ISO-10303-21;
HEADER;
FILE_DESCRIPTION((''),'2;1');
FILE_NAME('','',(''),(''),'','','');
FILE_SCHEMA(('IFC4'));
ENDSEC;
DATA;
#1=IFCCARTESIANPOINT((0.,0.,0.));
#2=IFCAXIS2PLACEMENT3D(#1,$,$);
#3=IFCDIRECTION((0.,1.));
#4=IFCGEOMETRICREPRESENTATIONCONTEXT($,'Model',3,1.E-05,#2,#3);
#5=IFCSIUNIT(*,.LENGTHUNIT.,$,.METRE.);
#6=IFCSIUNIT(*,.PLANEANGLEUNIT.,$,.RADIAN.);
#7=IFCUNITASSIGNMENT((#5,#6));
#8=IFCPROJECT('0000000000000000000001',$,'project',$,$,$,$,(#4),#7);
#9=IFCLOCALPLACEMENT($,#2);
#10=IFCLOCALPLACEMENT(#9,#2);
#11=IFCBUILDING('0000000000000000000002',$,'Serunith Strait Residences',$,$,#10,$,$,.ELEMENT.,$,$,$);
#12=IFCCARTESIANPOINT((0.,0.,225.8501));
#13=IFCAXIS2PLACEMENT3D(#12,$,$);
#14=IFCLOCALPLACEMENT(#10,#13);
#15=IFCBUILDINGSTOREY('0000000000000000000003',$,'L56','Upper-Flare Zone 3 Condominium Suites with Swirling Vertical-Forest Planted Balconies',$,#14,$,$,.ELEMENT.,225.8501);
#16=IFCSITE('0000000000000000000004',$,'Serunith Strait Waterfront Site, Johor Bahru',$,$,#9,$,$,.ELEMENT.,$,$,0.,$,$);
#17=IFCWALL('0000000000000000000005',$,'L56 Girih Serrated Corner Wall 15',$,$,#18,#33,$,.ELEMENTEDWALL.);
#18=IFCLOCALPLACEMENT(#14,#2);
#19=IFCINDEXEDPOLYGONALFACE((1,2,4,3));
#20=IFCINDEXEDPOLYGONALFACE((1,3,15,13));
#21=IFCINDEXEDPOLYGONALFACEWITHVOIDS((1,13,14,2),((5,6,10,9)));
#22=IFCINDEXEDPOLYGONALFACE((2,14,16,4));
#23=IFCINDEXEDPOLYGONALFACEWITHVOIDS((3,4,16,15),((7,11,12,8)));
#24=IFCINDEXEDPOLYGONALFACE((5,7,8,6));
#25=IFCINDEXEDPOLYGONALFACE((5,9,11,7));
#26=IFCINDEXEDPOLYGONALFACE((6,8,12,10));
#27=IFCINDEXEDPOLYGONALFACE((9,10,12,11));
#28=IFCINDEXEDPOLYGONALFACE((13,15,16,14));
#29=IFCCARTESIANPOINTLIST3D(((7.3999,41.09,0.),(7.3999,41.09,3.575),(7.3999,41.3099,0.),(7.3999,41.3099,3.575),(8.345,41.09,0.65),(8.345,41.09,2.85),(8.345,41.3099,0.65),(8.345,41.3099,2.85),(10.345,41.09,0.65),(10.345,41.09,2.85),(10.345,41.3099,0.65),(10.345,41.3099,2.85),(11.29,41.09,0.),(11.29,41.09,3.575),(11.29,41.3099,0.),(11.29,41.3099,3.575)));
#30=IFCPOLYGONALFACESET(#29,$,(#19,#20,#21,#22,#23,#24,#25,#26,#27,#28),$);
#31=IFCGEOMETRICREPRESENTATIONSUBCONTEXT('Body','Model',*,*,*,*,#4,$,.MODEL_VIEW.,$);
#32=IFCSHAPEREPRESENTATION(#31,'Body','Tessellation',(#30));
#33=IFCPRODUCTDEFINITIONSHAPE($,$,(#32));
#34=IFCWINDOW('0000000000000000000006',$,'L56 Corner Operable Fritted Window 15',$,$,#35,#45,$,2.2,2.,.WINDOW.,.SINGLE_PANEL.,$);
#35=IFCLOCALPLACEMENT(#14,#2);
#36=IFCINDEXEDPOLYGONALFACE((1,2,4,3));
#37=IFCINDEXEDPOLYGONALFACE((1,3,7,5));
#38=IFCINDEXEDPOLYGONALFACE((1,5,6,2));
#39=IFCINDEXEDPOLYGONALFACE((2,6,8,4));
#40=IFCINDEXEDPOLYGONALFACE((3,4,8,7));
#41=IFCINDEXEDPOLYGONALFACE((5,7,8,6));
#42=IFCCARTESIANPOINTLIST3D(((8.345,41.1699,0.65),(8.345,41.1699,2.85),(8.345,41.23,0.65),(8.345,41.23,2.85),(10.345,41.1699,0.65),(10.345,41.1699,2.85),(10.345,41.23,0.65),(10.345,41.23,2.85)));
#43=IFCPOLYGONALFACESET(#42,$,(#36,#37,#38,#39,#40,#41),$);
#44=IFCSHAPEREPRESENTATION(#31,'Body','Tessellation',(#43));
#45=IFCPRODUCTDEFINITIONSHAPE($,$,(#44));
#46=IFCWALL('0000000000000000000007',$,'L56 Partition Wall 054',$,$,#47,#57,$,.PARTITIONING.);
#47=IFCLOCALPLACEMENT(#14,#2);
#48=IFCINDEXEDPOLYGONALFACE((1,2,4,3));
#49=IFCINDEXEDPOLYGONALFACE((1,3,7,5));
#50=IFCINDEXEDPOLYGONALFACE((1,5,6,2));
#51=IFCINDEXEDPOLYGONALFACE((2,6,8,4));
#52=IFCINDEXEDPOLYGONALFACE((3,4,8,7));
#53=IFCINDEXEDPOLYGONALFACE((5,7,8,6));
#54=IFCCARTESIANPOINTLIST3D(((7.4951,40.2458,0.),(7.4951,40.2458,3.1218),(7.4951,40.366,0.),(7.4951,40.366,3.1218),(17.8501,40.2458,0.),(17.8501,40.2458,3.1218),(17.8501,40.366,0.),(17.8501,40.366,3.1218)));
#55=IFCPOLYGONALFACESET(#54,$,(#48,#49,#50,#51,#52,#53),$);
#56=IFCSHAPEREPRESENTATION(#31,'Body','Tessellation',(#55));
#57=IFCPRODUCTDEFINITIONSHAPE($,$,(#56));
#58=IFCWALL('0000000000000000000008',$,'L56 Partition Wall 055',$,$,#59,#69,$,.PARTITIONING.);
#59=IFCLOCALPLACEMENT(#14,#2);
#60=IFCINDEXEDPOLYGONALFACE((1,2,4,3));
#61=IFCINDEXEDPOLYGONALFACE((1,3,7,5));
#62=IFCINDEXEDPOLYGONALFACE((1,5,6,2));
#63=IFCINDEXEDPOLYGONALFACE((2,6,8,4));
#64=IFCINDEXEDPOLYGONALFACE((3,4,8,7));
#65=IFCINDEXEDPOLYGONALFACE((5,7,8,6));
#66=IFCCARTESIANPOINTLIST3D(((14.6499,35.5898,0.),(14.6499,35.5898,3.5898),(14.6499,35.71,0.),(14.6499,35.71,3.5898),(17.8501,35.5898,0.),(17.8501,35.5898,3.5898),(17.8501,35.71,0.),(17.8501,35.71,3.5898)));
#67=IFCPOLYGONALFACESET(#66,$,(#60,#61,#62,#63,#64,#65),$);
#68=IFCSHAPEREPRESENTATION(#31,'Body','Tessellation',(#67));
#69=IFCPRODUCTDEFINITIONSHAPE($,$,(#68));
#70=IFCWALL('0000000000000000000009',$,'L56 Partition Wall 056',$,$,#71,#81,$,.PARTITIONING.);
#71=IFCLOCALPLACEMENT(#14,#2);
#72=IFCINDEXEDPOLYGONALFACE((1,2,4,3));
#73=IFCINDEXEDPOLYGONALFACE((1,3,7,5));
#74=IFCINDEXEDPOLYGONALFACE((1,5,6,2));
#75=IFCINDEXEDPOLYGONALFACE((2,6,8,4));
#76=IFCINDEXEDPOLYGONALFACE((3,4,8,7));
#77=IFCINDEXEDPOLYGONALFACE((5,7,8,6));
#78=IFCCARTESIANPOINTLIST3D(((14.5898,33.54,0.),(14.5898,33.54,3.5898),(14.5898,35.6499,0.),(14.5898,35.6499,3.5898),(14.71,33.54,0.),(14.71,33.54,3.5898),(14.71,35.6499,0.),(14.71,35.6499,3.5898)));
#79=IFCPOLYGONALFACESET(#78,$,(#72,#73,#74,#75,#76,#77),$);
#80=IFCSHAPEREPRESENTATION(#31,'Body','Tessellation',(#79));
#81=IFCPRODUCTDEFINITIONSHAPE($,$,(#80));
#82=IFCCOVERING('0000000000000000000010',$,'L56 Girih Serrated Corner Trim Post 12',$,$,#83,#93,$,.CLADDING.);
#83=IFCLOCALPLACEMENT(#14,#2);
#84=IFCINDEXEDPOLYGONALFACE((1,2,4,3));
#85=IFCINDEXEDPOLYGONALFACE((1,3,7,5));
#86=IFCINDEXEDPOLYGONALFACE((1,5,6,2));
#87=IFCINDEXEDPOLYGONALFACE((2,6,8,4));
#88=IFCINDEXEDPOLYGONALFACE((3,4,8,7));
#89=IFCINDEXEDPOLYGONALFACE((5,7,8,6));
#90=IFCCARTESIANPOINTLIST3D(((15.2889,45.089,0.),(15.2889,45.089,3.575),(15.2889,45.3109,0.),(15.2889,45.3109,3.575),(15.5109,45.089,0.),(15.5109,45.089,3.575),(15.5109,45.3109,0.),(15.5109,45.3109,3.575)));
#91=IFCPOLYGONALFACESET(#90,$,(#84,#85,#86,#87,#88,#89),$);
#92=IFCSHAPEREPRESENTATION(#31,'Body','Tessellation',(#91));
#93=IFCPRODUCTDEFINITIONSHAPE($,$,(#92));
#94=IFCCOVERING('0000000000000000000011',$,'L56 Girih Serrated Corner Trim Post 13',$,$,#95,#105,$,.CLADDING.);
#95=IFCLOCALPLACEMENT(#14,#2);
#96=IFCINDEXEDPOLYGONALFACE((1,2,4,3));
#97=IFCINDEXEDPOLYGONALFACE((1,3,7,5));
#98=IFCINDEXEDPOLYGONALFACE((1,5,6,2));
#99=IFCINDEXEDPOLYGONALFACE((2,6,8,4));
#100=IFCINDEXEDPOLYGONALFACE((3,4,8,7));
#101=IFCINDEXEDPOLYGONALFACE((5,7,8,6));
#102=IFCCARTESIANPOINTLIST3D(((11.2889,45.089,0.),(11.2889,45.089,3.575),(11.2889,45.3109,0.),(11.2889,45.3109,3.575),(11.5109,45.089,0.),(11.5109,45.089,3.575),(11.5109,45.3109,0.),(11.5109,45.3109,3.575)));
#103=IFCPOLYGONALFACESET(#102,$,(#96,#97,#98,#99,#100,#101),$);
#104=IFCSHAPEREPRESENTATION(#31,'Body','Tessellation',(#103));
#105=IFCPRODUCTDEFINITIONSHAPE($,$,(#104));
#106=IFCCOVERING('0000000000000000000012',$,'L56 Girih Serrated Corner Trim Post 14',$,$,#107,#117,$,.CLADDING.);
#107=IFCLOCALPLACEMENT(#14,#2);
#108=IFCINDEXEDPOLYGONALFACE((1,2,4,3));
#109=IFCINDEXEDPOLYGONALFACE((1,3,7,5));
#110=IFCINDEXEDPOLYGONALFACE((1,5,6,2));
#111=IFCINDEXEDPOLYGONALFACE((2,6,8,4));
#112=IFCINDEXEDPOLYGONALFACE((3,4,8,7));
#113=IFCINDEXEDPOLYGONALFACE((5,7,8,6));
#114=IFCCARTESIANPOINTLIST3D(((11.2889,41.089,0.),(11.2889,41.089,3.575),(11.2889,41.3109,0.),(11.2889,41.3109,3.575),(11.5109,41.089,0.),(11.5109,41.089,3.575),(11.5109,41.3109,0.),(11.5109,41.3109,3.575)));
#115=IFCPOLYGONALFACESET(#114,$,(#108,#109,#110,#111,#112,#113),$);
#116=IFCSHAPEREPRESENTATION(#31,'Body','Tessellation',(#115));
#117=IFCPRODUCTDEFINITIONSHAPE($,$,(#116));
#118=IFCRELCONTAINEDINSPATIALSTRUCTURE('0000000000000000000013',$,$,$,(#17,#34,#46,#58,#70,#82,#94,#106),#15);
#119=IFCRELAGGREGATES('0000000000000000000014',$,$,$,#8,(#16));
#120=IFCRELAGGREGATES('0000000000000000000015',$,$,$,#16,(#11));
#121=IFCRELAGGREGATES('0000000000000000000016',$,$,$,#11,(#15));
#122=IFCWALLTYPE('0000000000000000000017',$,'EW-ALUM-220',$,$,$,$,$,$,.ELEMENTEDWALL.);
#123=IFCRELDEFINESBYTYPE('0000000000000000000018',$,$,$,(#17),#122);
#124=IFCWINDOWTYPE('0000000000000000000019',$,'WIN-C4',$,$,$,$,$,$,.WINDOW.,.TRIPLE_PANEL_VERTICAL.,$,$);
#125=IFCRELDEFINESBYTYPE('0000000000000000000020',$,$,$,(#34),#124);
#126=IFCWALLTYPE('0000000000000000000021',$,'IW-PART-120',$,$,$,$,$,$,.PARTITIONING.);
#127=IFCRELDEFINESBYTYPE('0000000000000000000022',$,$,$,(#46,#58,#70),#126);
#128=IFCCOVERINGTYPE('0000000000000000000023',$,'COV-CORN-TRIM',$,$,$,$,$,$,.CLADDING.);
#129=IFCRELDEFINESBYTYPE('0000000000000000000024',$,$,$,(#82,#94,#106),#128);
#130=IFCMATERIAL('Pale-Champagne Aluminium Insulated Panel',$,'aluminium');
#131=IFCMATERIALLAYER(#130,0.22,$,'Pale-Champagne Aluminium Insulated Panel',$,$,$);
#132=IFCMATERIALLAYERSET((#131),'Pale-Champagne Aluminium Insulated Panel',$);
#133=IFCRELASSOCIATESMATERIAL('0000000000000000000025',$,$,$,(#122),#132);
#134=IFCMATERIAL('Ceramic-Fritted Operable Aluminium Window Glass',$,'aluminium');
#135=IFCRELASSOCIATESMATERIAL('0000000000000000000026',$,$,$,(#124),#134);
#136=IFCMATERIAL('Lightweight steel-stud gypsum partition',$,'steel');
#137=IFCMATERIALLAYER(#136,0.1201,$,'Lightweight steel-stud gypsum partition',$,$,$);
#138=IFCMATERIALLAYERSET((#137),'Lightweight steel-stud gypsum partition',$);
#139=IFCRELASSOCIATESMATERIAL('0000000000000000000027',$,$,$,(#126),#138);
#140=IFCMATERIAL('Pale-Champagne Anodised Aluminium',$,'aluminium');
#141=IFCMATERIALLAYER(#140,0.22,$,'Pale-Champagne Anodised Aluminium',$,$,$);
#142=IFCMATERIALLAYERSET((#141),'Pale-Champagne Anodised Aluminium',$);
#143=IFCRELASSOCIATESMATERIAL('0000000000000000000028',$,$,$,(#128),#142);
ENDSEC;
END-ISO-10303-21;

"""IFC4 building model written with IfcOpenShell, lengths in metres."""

from ifc_helpers import new_model, si_unit, direction, frame, frame_2d, origin, origin_2d, place, context, subcontext, project, spatial, rectangle, extrude, source, transform, mapped, material, layer, layer_set, type_object, element, fill, save


model = new_model("IFC4")

# Units and contexts
model_context = context("Model", 3, precision=1e-05, world=origin(), true_north=direction((0.0, 1.0)))
body_context = subcontext(model_context, "Body", "Model", "MODEL_VIEW")
ifc_project = project(units=[si_unit("LENGTHUNIT", "METRE"), si_unit("PLANEANGLEUNIT", "RADIAN")], contexts=[model_context])

# Site, building, storey
site_placement = place(None, origin())
site = spatial("IfcSite", under=ifc_project, at=site_placement, Name="Serunith Strait Waterfront Site, Johor Bahru", CompositionType="ELEMENT", RefElevation=0.0)
building_placement = place(site_placement, origin())
building = spatial("IfcBuilding", under=site, at=building_placement, Name="Serunith Strait Residences", CompositionType="ELEMENT")
storey_placement = place(building_placement, frame((0.0, 0.0, 225.8501)))
storey = spatial("IfcBuildingStorey", under=building, at=storey_placement, Name="L56", Description="Upper-Flare Zone 3 Condominium Suites with Swirling Vertical-Forest Planted Balconies", CompositionType="ELEMENT", Elevation=225.8501)

# Shared definitions
ifc_material_1 = material(Name="Pale-Champagne Anodised Aluminium", Category="aluminium")

# Wall, opening, window
ifc_material_2 = material(Name="Pale-Champagne Aluminium Insulated Panel", Category="aluminium")
ifc_layer_1 = layer(ifc_material_2, 0.22, Name="Pale-Champagne Aluminium Insulated Panel")
ifc_layer_set_1 = layer_set([ifc_layer_1], Name="Pale-Champagne Aluminium Insulated Panel")
wall_type_1 = type_object("IfcWallType", Name="EW-ALUM-220", PredefinedType="ELEMENTEDWALL", material=ifc_layer_set_1)
ifc_material_3 = material(Name="Ceramic-Fritted Operable Aluminium Window Glass", Category="aluminium")
window_type = type_object("IfcWindowType", Name="WIN-C4", PartitioningType="TRIPLE_PANEL_VERTICAL", PredefinedType="WINDOW", material=ifc_material_3)
shared_shape_1 = source(origin(), body_context, "Body", "SweptSolid", [
    extrude(rectangle(XDim=2.0, YDim=2.2, at=frame_2d((1.0, 1.1001))), frame((0.0, 0.03, 0.0), z_axis=(0.0, -1.0, 0.0), x_axis=(1.0, 0.0, 0.0)), (0.0, 0.0, 1.0), 0.0601),
])
wall_1_placement = place(storey_placement, frame((11.29, 41.2, 0.0), z_axis=(0.0, 0.0, 1.0), x_axis=(-1.0, 0.0, 0.0)))
wall_1 = element("IfcWall", 1, at=wall_1_placement, inside=storey, type_object=wall_type_1, Name="L56 Girih Serrated Corner Wall 15", PredefinedType="ELEMENTEDWALL", context=body_context, shape_type="SweptSolid", body=[
    extrude(rectangle(XDim=3.8901, YDim=0.22, at=frame_2d((1.9451, 0.0))), origin(), (0.0, 0.0, 1.0), 3.575),
])
opening_1_placement = place(wall_1_placement, frame((0.9451, 0.0, 0.6499)))
opening_1 = element("IfcOpeningElement", 2, at=opening_1_placement, cuts=wall_1, PredefinedType="OPENING", context=body_context, shape_type="SweptSolid", body=[
    extrude(rectangle(XDim=2.0, YDim=2.2, at=frame_2d((1.0, 1.1001))), frame((0.0, 0.1201, 0.0), z_axis=(0.0, -1.0, 0.0), x_axis=(1.0, 0.0, 0.0)), (0.0, 0.0, 1.0), 0.24),
])
window_1_placement = place(opening_1_placement, origin())
window_1 = element("IfcWindow", 3, at=window_1_placement, inside=storey, type_object=window_type, Name="L56 Corner Operable Fritted Window 15", OverallHeight=2.2, OverallWidth=2.0, PartitioningType="SINGLE_PANEL", PredefinedType="WINDOW", context=body_context, shape_type="MappedRepresentation", body=[
    mapped(shared_shape_1, transform((0.0, 0.0, 0.0), scale=1.0)),
])
fill(opening_1, window_1)

# Walls
ifc_material_4 = material(Name="Lightweight steel-stud gypsum partition", Category="steel")
ifc_layer_2 = layer(ifc_material_4, 0.1201, Name="Lightweight steel-stud gypsum partition")
ifc_layer_set_2 = layer_set([ifc_layer_2], Name="Lightweight steel-stud gypsum partition")
wall_type_2 = type_object("IfcWallType", Name="IW-PART-120", PredefinedType="PARTITIONING", material=ifc_layer_set_2)
wall_2_placement = place(storey_placement, frame((7.4951, 40.3059, 0.0), z_axis=(0.0, 0.0, 1.0), x_axis=(1.0, 0.0, 0.0)))
element("IfcWall", 4, at=wall_2_placement, inside=storey, type_object=wall_type_2, Name="L56 Partition Wall 054", PredefinedType="PARTITIONING", context=body_context, shape_type="SweptSolid", body=[
    extrude(rectangle(XDim=10.355, YDim=0.1201, at=frame_2d((5.1775, 0.0))), origin(), (0.0, 0.0, 1.0), 3.1218),
])
wall_3_placement = place(storey_placement, frame((14.6499, 35.6499, 0.0), z_axis=(0.0, 0.0, 1.0), x_axis=(1.0, 0.0, 0.0)))
element("IfcWall", 5, at=wall_3_placement, inside=storey, type_object=wall_type_2, Name="L56 Partition Wall 055", PredefinedType="PARTITIONING", context=body_context, shape_type="SweptSolid", body=[
    extrude(rectangle(XDim=3.2002, YDim=0.1201, at=frame_2d((1.6001, 0.0))), origin(), (0.0, 0.0, 1.0), 3.5898),
])
wall_4_placement = place(storey_placement, frame((14.6499, 35.6499, 0.0), z_axis=(0.0, 0.0, 1.0), x_axis=(0.0, -1.0, 0.0)))
element("IfcWall", 6, at=wall_4_placement, inside=storey, type_object=wall_type_2, Name="L56 Partition Wall 056", PredefinedType="PARTITIONING", context=body_context, shape_type="SweptSolid", body=[
    extrude(rectangle(XDim=2.1099, YDim=0.1201, at=frame_2d((1.0549, 0.0))), origin(), (0.0, 0.0, 1.0), 3.5898),
])

# Coverings
ifc_layer_3 = layer(ifc_material_1, 0.22, Name="Pale-Champagne Anodised Aluminium")
ifc_layer_set_3 = layer_set([ifc_layer_3], Name="Pale-Champagne Anodised Aluminium")
covering_type = type_object("IfcCoveringType", Name="COV-CORN-TRIM", PredefinedType="CLADDING", material=ifc_layer_set_3)
shared_shape_2 = source(origin(), body_context, "Body", "SweptSolid", [
    extrude(rectangle(XDim=0.2219, YDim=0.2219, at=origin_2d()), origin(), (0.0, 0.0, 1.0), 3.575),
])
for number, where, z_axis, x_axis, name in (
    (7, (15.3999, 45.2, 0.0), (0.0, 0.0, 1.0), (1.0, 0.0, 0.0), "L56 Girih Serrated Corner Trim Post 12"),
    (8, (11.3999, 45.2, 0.0), (0.0, 0.0, 1.0), (1.0, 0.0, 0.0), "L56 Girih Serrated Corner Trim Post 13"),
    (9, (11.3999, 41.2, 0.0), (0.0, 0.0, 1.0), (1.0, 0.0, 0.0), "L56 Girih Serrated Corner Trim Post 14"),
):
    element("IfcCovering", number, at=place(storey_placement, frame(where, z_axis=z_axis, x_axis=x_axis)), inside=storey, type_object=covering_type, Name=name, PredefinedType="CLADDING", context=body_context, shape_type="MappedRepresentation", body=[
        mapped(shared_shape_2, transform((0.0, 0.0, 0.0), scale=1.0)),
    ])

save(model, "model.ifc")
